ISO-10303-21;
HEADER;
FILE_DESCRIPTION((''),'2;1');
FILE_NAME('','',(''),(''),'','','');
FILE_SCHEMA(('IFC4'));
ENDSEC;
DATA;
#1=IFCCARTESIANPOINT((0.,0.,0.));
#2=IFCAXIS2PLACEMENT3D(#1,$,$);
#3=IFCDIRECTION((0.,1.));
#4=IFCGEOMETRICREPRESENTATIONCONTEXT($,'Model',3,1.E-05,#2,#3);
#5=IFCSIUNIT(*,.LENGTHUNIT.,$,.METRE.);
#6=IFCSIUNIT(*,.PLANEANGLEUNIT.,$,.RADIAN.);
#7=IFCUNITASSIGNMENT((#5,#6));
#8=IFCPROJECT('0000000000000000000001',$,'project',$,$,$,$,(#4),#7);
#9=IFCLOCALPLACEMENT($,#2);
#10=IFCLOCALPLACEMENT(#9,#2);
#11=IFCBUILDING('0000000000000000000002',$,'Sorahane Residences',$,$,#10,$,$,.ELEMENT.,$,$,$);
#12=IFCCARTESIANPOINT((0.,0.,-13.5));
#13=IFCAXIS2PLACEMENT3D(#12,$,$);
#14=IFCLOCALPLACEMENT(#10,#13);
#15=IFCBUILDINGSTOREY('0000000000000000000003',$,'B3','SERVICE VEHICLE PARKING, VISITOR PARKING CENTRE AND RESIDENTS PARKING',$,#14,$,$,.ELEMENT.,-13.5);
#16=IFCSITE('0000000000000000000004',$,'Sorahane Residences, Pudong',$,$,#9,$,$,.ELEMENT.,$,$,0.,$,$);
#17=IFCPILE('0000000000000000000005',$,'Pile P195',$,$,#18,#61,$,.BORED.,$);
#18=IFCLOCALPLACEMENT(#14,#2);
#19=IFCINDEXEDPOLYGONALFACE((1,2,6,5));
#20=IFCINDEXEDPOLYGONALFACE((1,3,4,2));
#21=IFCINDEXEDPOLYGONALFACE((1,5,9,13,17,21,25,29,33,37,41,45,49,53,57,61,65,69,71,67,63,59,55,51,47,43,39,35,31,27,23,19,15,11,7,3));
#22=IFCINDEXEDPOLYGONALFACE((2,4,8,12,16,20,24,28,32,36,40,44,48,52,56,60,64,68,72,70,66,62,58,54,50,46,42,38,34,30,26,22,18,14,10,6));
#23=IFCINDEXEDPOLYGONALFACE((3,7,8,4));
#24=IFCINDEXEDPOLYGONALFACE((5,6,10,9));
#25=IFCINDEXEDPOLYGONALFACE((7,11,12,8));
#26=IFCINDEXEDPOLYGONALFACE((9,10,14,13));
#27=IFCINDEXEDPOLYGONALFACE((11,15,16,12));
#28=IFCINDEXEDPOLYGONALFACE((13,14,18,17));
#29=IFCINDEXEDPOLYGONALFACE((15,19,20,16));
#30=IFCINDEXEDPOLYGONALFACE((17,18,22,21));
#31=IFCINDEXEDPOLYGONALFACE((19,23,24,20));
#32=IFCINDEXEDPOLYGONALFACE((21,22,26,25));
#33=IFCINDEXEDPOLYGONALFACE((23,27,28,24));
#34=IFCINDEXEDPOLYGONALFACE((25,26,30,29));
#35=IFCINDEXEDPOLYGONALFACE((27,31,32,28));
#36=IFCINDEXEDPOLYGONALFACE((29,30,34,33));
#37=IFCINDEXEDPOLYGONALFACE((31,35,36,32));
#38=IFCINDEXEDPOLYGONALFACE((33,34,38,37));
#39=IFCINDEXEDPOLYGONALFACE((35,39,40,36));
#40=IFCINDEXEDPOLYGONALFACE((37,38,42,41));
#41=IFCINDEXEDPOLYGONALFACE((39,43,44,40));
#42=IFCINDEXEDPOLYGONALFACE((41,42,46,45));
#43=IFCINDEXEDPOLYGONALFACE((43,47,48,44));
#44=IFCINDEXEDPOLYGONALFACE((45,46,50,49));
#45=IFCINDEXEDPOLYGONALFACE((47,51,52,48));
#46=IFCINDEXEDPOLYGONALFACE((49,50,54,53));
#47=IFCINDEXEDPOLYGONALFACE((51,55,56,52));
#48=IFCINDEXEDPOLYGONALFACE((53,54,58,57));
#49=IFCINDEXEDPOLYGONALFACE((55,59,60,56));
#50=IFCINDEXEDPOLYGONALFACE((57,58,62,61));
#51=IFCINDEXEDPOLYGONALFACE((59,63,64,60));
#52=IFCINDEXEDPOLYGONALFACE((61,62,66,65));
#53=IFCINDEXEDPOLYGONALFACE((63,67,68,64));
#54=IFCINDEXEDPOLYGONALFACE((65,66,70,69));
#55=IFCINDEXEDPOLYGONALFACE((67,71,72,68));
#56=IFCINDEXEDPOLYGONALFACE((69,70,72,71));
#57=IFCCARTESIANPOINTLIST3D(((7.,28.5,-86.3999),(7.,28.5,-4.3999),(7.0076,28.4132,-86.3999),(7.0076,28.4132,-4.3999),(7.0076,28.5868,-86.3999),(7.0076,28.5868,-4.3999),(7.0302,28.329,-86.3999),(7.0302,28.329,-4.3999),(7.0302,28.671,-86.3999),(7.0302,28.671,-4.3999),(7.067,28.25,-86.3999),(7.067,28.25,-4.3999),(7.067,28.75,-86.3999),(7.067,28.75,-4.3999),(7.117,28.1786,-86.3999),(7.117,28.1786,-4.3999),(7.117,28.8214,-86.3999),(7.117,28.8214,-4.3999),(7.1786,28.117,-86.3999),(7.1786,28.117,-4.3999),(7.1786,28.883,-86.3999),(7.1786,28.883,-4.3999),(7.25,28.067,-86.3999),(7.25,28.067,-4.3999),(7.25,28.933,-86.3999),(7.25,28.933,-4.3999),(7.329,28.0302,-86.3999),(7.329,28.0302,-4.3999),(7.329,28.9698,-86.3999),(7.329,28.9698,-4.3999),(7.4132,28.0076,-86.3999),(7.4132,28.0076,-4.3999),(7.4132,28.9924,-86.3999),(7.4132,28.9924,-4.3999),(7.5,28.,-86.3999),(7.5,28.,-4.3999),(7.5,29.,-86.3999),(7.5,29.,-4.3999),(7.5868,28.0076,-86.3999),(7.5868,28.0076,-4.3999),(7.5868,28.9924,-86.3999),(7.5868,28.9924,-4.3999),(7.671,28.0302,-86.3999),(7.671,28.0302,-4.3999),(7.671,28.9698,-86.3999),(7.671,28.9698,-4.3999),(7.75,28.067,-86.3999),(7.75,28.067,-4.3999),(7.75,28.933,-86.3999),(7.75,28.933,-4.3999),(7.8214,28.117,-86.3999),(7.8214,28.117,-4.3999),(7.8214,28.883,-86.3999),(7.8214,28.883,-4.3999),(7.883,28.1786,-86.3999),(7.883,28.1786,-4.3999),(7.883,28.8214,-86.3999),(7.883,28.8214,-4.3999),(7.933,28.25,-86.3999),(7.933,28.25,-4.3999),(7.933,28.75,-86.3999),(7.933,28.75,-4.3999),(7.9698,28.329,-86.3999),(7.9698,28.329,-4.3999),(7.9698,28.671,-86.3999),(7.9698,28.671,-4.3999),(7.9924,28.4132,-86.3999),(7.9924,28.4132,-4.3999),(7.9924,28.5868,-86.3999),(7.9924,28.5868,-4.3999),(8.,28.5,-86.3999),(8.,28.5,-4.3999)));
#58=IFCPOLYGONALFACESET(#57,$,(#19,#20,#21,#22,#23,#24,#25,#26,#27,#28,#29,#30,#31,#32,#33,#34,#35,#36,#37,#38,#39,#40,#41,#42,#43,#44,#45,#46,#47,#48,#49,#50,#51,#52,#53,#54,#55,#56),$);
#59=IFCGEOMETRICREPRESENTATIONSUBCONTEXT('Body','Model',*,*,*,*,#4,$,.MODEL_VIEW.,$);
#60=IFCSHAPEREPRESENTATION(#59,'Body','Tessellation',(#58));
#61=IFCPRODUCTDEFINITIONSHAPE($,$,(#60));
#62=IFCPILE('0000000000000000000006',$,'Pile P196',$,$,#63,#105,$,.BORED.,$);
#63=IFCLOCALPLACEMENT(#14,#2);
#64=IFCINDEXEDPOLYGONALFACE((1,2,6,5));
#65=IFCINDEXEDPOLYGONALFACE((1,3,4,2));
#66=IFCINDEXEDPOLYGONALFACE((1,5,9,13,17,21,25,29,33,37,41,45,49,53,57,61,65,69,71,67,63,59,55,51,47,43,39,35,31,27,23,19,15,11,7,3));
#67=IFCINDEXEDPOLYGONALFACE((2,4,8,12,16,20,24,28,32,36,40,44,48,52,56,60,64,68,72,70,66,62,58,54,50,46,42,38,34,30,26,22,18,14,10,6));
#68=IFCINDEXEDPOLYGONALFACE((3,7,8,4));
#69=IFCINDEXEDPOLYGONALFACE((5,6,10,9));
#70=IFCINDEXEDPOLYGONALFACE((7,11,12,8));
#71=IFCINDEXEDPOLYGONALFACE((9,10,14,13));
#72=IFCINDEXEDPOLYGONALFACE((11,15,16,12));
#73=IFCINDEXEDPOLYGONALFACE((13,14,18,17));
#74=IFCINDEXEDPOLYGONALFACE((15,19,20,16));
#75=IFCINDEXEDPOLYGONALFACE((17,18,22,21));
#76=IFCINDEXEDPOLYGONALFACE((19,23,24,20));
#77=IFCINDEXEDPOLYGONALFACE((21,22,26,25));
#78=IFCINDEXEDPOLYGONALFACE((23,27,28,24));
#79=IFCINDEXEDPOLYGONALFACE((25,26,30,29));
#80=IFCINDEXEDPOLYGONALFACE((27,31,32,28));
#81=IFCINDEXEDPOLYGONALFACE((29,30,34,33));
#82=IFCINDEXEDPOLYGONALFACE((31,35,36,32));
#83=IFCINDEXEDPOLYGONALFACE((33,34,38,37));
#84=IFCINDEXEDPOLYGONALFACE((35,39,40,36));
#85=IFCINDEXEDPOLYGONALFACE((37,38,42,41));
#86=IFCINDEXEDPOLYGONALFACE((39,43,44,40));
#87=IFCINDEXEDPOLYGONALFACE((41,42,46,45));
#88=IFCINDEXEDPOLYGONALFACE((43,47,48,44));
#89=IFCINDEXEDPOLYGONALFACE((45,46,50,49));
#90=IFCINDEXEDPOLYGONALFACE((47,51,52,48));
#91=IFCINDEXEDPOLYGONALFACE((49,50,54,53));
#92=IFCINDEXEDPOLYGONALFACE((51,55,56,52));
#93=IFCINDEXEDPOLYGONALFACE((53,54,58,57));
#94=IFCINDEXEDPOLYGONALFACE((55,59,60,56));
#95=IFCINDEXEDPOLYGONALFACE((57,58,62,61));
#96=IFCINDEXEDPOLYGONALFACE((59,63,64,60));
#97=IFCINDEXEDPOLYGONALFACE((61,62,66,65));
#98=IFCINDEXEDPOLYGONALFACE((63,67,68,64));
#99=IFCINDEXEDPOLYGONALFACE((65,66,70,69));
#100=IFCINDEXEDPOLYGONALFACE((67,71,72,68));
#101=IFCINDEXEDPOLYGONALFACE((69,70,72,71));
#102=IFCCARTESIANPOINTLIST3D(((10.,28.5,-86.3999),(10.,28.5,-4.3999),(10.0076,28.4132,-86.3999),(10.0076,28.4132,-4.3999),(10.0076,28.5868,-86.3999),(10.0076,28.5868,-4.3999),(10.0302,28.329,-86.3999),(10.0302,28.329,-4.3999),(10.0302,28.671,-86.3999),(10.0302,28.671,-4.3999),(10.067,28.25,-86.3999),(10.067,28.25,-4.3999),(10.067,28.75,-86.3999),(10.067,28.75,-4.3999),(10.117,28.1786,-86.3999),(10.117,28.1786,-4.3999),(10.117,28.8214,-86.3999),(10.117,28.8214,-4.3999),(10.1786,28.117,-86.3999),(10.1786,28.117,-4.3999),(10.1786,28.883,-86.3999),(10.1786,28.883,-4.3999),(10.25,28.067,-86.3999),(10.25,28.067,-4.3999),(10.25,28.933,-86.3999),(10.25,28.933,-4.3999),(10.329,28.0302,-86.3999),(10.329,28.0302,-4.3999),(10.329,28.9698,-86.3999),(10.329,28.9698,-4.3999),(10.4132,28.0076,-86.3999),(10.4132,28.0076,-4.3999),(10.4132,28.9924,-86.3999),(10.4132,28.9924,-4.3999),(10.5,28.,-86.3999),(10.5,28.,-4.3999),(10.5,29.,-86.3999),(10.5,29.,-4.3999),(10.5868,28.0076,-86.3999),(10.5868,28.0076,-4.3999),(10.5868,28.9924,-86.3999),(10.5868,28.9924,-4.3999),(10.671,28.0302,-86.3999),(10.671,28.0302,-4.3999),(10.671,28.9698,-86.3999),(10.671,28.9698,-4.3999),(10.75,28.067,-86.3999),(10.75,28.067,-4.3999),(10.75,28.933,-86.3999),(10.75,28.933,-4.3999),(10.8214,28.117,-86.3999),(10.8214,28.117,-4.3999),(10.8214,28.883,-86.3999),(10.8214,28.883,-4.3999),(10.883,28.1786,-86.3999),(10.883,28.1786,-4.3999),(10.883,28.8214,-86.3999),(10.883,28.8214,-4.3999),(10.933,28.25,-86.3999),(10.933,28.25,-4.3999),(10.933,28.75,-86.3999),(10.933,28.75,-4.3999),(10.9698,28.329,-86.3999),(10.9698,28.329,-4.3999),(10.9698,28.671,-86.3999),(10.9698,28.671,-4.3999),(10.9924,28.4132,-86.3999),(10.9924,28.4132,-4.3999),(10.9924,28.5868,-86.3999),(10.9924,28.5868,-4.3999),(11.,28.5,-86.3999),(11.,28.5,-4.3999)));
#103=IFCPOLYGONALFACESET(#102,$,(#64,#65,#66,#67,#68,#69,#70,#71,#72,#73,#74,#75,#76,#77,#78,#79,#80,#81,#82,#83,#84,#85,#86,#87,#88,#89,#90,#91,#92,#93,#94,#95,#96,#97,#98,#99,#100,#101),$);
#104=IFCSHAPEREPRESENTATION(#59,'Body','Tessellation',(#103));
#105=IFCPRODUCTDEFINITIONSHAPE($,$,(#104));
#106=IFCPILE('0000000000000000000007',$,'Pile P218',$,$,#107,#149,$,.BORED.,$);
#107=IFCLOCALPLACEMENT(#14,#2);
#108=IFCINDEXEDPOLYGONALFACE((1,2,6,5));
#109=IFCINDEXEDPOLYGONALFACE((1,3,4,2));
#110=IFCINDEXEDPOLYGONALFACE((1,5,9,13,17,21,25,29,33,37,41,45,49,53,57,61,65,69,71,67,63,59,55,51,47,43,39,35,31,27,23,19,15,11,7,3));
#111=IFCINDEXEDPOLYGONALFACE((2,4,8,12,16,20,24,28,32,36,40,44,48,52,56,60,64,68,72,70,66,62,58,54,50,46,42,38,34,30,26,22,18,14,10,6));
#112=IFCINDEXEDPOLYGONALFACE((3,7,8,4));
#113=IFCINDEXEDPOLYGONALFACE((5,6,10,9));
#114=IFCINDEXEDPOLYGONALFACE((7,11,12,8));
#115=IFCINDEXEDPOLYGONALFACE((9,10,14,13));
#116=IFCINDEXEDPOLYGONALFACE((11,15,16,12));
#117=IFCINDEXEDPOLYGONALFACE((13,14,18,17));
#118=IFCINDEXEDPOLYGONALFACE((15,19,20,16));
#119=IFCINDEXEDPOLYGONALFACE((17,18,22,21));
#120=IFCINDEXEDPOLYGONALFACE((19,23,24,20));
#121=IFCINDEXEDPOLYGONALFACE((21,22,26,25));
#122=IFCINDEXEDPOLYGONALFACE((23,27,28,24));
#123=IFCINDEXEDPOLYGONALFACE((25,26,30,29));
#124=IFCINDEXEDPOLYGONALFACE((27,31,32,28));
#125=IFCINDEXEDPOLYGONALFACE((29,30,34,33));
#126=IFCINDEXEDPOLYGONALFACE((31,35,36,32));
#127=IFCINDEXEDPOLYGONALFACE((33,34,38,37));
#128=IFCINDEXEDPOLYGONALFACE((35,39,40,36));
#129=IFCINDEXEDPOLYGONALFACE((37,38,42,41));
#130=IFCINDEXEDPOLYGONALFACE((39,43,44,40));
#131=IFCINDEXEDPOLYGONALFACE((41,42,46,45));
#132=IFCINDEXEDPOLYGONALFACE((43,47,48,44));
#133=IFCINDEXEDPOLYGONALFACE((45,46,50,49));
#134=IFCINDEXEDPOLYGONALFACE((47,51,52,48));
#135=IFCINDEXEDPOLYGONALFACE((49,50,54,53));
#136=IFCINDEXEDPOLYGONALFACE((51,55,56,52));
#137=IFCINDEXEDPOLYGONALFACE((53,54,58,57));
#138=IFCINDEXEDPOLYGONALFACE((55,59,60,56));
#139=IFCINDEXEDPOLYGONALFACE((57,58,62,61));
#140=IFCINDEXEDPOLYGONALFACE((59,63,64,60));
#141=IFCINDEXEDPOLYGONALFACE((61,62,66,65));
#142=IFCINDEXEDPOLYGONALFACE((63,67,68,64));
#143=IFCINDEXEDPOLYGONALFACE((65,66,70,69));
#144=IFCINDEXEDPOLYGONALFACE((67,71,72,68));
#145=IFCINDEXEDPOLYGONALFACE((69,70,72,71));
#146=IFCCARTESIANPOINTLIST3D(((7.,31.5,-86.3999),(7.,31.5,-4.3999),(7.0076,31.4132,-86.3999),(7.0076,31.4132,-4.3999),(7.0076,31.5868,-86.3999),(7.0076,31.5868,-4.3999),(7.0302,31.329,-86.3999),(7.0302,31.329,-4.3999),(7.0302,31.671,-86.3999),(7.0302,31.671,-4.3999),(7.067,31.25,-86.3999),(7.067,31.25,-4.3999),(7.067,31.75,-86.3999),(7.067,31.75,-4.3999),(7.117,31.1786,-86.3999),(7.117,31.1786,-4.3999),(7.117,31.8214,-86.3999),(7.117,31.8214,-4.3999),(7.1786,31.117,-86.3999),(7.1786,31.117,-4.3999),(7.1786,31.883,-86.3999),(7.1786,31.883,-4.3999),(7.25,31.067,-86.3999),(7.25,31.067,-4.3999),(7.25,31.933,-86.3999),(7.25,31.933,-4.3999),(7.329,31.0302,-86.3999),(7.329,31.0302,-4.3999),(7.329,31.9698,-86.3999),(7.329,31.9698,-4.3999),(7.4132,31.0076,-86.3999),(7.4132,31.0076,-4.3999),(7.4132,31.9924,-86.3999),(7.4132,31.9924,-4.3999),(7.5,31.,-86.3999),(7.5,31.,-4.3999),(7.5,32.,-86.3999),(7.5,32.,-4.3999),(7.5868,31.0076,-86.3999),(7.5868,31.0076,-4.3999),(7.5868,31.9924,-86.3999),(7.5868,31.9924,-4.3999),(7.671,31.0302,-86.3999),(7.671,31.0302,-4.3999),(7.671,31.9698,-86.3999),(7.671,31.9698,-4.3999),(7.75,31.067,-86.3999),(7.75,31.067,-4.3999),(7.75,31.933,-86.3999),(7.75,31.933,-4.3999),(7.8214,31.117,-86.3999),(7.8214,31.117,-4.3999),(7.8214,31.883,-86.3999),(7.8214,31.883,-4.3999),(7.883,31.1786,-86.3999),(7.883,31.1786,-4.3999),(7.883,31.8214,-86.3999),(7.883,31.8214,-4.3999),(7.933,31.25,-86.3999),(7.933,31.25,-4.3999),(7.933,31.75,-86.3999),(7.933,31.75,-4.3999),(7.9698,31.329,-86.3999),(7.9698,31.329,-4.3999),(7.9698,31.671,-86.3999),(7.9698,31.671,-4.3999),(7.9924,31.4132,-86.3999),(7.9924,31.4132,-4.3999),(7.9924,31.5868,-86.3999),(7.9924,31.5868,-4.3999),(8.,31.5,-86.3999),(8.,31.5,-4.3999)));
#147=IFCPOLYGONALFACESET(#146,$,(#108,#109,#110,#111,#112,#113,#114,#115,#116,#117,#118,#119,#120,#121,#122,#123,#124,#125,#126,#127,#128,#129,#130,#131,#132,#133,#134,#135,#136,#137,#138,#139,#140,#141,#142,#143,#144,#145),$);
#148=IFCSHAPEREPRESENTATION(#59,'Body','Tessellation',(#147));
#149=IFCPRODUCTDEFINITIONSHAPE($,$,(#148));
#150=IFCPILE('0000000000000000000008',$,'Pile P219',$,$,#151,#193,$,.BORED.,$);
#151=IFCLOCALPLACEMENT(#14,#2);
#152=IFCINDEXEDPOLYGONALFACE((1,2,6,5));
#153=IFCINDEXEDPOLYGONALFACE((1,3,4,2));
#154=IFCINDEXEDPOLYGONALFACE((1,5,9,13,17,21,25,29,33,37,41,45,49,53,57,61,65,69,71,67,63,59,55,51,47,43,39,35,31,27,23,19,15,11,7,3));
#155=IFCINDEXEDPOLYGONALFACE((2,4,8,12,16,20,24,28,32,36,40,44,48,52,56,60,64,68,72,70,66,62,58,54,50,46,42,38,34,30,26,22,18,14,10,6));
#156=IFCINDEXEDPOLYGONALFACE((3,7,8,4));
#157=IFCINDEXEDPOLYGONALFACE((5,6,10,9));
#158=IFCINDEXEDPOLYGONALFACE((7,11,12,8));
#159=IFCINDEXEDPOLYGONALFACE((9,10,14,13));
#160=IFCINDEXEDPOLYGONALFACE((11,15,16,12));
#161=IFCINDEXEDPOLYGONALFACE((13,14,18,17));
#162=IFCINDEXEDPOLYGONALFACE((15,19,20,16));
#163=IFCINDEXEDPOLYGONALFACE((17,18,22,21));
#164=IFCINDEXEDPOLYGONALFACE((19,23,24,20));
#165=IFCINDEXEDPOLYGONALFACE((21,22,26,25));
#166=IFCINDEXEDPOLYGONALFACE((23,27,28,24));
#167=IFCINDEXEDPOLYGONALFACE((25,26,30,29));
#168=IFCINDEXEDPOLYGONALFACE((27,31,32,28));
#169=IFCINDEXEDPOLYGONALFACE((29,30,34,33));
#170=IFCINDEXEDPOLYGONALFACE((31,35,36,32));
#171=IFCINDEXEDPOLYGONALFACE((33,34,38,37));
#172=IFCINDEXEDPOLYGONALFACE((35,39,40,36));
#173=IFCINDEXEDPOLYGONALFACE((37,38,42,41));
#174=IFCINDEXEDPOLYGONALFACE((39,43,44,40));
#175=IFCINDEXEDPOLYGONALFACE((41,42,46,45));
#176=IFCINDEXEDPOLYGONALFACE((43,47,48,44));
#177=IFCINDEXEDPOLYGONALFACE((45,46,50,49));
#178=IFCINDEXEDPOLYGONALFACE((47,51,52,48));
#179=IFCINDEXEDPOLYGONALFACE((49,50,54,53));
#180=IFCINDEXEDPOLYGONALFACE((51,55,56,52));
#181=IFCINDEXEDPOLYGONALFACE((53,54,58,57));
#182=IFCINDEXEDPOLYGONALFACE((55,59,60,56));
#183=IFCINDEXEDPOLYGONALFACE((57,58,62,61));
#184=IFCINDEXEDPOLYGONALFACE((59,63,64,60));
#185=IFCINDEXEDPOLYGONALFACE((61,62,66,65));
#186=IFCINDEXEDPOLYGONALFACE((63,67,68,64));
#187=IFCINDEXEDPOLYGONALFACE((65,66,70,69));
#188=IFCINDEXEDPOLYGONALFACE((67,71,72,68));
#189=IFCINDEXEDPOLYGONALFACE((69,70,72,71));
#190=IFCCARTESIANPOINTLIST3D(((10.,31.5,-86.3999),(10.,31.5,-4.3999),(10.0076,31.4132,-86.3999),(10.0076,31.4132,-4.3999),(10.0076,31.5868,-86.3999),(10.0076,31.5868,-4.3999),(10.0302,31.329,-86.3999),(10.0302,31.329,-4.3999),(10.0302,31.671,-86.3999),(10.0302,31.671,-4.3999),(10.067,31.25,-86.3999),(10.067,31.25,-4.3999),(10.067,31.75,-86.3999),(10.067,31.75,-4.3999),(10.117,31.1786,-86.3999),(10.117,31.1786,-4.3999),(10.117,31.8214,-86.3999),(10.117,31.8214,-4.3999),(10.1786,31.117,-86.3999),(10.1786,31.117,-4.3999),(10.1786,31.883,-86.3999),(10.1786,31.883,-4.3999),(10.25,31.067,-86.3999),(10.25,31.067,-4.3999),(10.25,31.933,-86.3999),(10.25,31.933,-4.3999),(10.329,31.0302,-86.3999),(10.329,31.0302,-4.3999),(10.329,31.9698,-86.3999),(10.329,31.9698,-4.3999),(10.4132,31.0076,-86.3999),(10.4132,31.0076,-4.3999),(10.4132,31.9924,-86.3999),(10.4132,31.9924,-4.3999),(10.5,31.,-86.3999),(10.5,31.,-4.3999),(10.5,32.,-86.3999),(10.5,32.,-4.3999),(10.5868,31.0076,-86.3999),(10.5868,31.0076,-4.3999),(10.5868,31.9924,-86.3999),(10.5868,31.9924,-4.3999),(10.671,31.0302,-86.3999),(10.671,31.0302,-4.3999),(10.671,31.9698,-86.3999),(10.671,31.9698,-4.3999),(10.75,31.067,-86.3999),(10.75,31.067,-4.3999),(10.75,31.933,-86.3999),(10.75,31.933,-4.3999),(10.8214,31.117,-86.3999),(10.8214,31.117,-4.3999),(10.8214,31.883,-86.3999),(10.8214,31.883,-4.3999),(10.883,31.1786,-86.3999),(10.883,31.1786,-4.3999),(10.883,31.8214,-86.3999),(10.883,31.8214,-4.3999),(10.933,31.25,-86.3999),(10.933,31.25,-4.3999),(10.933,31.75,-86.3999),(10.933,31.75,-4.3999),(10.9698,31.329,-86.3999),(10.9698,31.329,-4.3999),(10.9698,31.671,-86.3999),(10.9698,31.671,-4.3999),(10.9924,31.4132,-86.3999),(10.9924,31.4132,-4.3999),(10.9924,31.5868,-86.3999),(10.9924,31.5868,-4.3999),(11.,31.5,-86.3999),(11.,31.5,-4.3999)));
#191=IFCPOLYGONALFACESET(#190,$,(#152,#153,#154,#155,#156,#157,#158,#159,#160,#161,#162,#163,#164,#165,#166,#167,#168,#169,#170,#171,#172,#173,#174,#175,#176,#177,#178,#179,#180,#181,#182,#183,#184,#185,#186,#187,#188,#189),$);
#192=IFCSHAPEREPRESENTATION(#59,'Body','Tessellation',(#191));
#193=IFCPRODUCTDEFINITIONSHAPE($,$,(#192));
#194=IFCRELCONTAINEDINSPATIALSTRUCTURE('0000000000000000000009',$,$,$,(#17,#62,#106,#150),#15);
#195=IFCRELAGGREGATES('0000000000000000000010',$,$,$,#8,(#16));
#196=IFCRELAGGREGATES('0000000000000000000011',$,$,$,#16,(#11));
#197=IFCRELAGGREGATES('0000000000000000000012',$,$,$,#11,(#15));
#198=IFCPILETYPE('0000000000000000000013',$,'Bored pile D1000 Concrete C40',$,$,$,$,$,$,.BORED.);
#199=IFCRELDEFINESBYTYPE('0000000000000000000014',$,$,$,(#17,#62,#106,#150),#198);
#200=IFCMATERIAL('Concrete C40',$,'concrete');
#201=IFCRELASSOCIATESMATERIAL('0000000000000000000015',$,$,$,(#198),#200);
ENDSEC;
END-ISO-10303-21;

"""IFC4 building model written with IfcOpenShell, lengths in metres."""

from ifc_helpers import new_model, si_unit, direction, frame, origin, origin_2d, place, context, subcontext, project, spatial, circle, extrude, material, material_profile, profile_set, type_object, element, save


model = new_model("IFC4")

# Units and contexts
model_context = context("Model", 3, precision=1e-05, world=origin(), true_north=direction((0.0, 1.0)))
body_context = subcontext(model_context, "Body", "Model", "MODEL_VIEW")
ifc_project = project(units=[si_unit("LENGTHUNIT", "METRE"), si_unit("PLANEANGLEUNIT", "RADIAN")], contexts=[model_context])

# Site, building, storey
site_placement = place(None, origin())
site = spatial("IfcSite", under=ifc_project, at=site_placement, Name="Sorahane Residences, Pudong", CompositionType="ELEMENT", RefElevation=0.0)
building_placement = place(site_placement, origin())
building = spatial("IfcBuilding", under=site, at=building_placement, Name="Sorahane Residences", CompositionType="ELEMENT")
storey_placement = place(building_placement, frame((0.0, 0.0, -13.5)))
storey = spatial("IfcBuildingStorey", under=building, at=storey_placement, Name="B3", Description="SERVICE VEHICLE PARKING, VISITOR PARKING CENTRE AND RESIDENTS PARKING", CompositionType="ELEMENT", Elevation=-13.5)

# Piles
ifc_material_1 = material(Name="Concrete C40", Category="concrete")
ifc_material_profile_1 = material_profile(ifc_material_1, circle(Radius=0.5, at=origin_2d()), Name="D1000")
ifc_profile_set_1 = profile_set([ifc_material_profile_1], Name="Concrete C40")
pile_type = type_object("IfcPileType", Name="Bored pile D1000 Concrete C40", PredefinedType="BORED", material=ifc_profile_set_1)
for number, where, z_axis, x_axis, name in (
    (1, (7.5, 28.5, -4.3999), (0.0, 0.0, -1.0), (1.0, 0.0, 0.0), "Pile P195"),
    (2, (10.5, 28.5, -4.3999), (0.0, 0.0, -1.0), (1.0, 0.0, 0.0), "Pile P196"),
    (3, (7.5, 31.5, -4.3999), (0.0, 0.0, -1.0), (1.0, 0.0, 0.0), "Pile P218"),
    (4, (10.5, 31.5, -4.3999), (0.0, 0.0, -1.0), (1.0, 0.0, 0.0), "Pile P219"),
):
    element("IfcPile", number, at=place(storey_placement, frame(where, z_axis=z_axis, x_axis=x_axis)), inside=storey, type_object=pile_type, Name=name, PredefinedType="BORED", context=body_context, shape_type="SweptSolid", body=[
        extrude(circle(Radius=0.5, at=origin_2d()), origin(), (0.0, 0.0, 1.0), 82.0),
    ])

save(model, "model.ifc")
